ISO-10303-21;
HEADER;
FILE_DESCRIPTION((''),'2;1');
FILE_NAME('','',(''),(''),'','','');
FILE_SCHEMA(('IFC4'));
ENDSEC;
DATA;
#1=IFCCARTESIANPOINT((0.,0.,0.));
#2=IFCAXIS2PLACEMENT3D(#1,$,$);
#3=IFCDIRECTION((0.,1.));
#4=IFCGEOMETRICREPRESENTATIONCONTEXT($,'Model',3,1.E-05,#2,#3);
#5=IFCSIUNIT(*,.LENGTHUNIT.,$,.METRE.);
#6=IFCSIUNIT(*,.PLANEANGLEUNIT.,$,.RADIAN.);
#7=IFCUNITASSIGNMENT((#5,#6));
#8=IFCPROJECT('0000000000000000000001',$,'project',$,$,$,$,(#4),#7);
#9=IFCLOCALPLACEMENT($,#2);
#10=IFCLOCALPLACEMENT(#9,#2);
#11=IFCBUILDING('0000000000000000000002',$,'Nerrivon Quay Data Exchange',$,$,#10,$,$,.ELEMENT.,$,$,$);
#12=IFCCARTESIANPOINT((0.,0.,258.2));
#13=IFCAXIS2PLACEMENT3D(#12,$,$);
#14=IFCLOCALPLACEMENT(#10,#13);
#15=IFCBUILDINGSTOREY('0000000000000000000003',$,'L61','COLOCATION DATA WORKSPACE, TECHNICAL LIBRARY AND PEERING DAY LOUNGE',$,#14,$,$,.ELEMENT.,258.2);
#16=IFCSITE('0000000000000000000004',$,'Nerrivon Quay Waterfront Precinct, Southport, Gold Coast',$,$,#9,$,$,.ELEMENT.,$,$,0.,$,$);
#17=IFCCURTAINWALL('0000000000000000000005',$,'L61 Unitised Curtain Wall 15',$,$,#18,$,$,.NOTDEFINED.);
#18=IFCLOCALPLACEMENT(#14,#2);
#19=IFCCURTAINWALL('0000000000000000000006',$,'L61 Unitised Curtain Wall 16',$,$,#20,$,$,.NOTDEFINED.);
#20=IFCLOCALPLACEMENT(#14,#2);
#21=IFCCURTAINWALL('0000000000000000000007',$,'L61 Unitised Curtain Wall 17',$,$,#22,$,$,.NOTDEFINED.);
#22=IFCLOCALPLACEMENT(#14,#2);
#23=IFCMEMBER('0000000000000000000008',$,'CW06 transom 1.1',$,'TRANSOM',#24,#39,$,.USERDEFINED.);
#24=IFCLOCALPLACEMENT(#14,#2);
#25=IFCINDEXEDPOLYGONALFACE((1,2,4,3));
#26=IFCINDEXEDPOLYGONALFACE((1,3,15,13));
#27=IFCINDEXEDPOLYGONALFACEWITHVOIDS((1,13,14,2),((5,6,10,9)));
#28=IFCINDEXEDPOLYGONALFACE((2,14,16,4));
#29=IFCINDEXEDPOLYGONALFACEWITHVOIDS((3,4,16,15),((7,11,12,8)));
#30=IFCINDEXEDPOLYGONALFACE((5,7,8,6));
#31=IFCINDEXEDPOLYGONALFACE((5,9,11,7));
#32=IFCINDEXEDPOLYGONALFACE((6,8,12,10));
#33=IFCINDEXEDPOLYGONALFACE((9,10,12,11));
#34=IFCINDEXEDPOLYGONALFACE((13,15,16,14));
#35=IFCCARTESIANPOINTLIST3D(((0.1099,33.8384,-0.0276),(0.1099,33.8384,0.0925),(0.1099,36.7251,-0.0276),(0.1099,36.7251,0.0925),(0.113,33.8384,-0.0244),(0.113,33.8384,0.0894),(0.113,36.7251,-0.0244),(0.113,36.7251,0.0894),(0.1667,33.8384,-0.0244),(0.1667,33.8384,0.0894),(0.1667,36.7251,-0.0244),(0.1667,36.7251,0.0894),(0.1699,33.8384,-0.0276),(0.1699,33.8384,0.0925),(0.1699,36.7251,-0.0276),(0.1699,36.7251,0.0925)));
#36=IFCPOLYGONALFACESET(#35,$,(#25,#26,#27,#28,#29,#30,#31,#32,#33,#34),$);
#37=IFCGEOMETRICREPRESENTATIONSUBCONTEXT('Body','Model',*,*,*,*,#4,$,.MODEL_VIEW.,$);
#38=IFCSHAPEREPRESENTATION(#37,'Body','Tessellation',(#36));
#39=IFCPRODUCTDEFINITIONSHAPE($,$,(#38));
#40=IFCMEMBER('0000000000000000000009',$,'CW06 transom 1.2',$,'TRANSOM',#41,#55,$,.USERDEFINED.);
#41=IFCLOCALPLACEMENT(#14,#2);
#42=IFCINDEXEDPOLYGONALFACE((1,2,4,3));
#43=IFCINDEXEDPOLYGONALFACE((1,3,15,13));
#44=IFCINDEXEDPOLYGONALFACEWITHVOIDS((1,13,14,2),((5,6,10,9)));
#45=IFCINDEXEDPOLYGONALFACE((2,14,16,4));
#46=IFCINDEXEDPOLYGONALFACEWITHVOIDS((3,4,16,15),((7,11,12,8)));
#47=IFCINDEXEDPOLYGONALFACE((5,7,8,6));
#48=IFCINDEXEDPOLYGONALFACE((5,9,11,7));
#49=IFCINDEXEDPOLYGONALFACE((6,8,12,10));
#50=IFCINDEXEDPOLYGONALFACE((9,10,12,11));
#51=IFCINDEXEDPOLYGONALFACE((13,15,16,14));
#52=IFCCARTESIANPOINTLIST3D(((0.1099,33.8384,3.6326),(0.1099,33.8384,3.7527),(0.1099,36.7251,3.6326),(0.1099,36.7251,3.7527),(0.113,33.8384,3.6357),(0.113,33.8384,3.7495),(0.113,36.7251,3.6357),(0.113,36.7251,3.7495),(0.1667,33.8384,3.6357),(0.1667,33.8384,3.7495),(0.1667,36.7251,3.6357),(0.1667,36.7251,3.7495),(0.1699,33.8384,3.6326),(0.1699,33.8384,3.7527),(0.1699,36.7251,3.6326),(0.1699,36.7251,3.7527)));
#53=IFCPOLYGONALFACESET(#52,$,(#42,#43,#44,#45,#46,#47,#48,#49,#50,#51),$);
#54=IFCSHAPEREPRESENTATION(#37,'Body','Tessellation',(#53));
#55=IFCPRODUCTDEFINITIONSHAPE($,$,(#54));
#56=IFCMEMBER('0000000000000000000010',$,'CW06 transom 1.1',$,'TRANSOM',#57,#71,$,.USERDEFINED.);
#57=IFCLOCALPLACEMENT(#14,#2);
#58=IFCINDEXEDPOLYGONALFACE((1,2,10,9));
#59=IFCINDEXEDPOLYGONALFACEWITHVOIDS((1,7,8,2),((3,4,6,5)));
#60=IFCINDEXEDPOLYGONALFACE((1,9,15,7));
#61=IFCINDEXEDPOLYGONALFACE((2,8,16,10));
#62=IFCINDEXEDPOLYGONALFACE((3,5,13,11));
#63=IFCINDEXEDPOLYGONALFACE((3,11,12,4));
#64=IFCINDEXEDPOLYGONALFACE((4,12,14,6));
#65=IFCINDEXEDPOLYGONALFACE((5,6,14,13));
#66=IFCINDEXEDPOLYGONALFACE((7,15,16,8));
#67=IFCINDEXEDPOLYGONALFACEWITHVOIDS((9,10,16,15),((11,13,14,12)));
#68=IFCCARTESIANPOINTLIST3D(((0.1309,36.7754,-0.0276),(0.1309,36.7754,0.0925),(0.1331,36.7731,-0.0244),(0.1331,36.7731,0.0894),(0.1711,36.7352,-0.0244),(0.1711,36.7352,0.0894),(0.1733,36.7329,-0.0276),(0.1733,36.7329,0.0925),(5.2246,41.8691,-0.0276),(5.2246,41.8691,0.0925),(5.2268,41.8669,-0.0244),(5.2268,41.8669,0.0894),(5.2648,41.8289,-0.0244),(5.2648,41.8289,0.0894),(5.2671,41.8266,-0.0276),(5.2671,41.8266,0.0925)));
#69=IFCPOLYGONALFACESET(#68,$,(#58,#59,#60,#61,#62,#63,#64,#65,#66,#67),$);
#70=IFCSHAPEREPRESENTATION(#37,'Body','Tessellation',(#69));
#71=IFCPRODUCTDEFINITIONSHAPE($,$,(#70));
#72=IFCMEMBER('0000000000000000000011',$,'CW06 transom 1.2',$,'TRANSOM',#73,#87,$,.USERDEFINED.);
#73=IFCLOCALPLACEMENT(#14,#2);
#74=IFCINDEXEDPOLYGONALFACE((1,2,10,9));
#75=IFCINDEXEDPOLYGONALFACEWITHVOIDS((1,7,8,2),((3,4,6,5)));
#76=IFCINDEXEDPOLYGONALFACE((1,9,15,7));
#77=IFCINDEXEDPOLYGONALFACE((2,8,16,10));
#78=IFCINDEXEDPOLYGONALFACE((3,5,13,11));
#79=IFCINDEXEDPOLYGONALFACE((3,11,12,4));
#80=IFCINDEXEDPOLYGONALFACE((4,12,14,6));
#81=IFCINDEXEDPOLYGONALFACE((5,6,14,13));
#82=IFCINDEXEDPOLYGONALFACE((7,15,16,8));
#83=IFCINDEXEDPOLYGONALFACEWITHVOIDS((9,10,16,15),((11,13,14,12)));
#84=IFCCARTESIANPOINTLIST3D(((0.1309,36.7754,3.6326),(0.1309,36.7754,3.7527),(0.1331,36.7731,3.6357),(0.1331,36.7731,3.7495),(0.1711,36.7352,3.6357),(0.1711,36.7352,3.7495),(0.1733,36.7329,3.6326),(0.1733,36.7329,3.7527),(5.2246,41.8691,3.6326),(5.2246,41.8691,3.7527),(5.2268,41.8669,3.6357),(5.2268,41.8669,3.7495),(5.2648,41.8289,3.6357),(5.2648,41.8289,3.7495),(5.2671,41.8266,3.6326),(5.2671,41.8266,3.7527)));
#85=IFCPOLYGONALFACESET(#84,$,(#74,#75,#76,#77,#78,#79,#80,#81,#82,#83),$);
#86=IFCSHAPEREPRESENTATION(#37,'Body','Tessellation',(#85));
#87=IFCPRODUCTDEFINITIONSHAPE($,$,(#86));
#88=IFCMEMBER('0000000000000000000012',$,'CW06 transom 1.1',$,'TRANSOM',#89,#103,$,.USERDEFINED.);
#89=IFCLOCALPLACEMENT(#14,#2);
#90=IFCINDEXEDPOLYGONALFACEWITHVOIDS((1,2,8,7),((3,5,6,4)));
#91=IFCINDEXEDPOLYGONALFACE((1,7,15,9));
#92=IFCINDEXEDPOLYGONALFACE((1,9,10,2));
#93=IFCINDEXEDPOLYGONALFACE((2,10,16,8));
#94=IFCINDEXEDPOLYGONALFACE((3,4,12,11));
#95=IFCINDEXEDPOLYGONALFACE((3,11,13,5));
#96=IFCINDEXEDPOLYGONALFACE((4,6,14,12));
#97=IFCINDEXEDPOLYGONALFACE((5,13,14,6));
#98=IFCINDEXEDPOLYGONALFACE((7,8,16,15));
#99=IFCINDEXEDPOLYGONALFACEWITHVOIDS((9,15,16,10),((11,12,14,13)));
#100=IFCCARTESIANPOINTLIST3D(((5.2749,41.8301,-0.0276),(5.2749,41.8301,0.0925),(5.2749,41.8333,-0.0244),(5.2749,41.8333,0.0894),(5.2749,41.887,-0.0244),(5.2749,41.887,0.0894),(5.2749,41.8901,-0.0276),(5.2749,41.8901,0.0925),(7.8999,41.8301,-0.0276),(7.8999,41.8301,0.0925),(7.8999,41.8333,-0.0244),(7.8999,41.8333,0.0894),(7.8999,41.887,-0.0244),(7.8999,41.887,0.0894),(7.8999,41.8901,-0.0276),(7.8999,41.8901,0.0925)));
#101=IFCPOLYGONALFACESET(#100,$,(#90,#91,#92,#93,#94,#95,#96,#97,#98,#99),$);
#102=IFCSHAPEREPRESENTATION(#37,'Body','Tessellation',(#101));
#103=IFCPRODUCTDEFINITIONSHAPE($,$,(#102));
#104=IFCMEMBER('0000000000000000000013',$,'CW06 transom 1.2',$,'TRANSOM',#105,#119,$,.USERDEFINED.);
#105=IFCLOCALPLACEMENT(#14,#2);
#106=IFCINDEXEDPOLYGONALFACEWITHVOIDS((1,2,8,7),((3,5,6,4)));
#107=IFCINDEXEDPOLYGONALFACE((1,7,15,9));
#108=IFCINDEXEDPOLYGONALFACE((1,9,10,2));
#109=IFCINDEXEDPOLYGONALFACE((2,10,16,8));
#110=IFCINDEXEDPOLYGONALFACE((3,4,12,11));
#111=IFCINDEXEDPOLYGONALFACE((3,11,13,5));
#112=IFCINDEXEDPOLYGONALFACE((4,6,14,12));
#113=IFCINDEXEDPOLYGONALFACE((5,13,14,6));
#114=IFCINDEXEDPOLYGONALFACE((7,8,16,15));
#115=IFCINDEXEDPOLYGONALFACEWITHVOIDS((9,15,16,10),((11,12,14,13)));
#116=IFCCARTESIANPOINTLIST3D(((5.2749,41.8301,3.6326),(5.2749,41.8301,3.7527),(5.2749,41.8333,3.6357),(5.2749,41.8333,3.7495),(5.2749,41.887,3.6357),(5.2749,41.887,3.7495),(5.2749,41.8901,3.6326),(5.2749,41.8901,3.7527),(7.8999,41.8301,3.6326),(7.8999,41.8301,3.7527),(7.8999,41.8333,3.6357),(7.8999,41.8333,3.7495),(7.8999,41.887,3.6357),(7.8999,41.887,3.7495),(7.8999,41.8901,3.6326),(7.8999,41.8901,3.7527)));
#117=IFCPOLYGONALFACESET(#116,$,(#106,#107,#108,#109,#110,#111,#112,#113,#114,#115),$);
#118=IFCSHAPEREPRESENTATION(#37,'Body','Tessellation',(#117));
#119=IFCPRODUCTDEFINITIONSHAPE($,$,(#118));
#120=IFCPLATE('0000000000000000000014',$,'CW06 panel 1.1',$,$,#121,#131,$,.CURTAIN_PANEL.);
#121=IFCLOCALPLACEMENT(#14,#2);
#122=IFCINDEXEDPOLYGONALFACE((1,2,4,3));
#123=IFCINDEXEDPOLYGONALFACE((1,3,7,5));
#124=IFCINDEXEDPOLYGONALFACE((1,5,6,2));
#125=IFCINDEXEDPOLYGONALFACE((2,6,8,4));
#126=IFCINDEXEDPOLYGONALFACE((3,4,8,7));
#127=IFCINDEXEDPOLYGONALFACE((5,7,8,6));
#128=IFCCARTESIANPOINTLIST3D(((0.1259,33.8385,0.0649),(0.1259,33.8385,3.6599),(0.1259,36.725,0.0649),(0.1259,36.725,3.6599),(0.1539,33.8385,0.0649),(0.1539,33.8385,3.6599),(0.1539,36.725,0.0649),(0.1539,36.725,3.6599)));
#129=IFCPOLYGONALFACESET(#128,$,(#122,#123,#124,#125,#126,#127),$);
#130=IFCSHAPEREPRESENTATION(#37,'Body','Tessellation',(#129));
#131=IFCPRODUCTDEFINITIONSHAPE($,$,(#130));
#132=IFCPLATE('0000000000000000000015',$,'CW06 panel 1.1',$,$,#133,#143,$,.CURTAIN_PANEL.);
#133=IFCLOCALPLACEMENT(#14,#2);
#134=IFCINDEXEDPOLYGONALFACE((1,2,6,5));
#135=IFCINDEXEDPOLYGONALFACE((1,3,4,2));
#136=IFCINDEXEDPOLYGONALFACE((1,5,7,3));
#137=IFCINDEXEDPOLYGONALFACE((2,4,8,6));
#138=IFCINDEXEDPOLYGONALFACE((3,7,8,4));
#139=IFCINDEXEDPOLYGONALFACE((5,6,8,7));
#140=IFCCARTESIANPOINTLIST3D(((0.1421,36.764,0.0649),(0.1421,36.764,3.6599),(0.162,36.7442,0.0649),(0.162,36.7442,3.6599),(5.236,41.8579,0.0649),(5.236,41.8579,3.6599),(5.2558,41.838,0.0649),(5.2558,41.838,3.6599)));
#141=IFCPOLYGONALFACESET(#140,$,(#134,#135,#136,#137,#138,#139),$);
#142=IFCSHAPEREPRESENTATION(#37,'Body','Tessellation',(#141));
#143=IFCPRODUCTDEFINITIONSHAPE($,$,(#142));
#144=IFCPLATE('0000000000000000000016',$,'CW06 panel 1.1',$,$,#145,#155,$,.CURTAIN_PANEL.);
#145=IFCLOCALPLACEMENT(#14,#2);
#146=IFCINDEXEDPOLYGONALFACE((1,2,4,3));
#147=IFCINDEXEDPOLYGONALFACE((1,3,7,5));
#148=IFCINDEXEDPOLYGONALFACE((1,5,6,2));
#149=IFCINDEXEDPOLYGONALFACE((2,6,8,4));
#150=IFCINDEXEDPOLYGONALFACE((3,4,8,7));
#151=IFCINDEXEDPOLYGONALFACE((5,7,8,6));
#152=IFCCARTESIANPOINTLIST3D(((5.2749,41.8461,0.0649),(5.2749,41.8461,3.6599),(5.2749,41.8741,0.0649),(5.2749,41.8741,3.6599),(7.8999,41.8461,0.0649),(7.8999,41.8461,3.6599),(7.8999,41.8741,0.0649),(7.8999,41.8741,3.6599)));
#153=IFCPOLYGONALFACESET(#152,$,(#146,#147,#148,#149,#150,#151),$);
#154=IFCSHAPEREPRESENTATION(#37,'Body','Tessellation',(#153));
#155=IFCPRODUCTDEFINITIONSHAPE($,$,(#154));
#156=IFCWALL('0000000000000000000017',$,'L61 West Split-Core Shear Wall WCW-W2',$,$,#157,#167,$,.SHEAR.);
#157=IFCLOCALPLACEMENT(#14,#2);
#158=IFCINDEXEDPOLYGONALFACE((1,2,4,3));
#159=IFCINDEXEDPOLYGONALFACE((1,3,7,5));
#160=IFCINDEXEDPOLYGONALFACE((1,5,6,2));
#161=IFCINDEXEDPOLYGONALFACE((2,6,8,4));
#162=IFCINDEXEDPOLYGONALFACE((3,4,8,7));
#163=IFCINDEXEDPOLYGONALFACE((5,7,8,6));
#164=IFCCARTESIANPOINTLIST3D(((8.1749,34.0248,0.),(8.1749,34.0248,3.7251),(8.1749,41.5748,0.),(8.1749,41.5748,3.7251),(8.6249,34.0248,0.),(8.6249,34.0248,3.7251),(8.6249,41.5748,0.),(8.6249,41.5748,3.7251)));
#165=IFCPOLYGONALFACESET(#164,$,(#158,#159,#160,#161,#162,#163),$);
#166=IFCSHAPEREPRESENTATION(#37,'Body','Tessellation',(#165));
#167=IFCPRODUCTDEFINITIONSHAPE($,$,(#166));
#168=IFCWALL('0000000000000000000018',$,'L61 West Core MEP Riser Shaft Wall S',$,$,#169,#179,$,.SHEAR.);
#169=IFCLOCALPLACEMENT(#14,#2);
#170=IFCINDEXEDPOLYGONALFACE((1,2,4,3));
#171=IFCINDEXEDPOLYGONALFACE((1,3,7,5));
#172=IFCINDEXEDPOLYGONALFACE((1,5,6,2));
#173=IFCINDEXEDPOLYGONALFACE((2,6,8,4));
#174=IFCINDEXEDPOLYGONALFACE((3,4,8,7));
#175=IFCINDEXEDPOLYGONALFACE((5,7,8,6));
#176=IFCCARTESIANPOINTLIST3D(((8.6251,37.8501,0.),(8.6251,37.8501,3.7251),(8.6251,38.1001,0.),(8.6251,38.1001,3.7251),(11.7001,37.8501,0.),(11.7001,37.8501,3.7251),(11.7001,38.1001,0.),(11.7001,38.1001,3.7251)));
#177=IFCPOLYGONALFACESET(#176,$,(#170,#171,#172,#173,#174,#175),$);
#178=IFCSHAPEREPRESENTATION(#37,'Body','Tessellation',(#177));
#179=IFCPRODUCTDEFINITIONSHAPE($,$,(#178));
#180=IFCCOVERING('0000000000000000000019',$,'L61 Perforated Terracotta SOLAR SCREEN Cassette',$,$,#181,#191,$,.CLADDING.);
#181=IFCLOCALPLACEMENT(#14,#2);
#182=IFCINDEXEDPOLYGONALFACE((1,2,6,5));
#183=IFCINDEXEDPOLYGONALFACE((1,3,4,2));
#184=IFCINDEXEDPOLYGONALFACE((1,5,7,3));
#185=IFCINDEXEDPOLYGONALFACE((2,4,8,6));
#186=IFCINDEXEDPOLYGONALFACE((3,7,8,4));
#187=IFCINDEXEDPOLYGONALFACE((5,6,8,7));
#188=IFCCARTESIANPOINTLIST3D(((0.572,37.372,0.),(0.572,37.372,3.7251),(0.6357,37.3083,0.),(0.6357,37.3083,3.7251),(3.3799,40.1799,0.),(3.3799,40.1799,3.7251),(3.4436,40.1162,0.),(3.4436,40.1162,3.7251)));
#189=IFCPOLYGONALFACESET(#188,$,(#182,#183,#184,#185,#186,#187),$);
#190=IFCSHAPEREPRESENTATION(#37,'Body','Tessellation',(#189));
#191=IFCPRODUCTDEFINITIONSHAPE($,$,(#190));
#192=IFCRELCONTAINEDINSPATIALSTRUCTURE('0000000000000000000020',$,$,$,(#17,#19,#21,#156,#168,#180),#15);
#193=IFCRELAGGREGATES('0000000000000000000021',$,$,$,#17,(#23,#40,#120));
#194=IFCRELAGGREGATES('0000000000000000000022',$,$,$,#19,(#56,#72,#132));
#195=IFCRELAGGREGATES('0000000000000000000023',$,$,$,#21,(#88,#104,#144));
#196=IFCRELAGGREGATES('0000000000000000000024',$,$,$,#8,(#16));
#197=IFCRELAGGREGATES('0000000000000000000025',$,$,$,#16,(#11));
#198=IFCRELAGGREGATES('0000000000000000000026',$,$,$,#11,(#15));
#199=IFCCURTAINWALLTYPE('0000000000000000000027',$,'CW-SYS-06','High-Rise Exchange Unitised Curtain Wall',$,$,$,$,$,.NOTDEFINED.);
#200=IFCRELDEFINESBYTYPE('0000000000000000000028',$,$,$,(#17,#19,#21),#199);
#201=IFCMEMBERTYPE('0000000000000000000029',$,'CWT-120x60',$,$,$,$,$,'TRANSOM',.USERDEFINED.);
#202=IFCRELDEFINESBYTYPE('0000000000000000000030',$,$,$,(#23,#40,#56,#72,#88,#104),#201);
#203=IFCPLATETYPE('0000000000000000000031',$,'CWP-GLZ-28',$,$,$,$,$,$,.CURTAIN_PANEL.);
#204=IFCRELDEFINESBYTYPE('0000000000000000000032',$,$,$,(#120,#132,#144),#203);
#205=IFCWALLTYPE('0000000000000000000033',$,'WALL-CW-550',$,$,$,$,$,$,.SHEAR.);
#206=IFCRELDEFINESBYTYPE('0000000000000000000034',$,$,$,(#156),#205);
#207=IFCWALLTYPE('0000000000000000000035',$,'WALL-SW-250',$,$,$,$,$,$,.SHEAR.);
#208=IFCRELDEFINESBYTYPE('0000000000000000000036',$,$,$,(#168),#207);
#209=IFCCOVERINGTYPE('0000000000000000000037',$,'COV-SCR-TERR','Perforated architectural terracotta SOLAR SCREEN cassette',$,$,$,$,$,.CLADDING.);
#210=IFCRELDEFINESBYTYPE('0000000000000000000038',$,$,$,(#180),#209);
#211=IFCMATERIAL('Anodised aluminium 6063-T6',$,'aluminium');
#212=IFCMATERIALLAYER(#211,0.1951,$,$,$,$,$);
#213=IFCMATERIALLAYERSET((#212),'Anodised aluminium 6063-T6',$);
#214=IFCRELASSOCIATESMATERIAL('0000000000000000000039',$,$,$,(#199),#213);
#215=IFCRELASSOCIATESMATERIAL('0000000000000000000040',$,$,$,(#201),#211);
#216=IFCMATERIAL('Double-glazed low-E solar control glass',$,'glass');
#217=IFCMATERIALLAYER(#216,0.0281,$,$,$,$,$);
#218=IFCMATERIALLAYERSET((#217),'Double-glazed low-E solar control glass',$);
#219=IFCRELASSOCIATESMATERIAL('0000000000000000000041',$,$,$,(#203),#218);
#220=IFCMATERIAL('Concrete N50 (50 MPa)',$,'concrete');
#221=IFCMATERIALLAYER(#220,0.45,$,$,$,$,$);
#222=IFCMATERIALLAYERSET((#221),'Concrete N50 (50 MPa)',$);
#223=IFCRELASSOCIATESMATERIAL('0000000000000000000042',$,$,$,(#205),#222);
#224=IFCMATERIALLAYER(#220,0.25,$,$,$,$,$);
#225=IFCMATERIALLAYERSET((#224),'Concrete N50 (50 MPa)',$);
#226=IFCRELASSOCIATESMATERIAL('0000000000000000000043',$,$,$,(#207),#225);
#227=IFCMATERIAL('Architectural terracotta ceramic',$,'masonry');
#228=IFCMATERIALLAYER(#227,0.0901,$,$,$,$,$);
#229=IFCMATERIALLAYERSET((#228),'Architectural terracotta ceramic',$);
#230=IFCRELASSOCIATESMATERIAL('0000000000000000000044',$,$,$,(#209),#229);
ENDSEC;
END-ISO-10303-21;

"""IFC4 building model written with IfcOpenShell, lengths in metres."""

from ifc_helpers import new_model, si_unit, direction, frame, frame_2d, origin, origin_2d, place, context, subcontext, project, spatial, rectangle, hollow_rectangle, extrude, material, layer, layer_set, material_profile, profile_set, type_object, element, aggregate, save


model = new_model("IFC4")

# Units and contexts
model_context = context("Model", 3, precision=1e-05, world=origin(), true_north=direction((0.0, 1.0)))
body_context = subcontext(model_context, "Body", "Model", "MODEL_VIEW")
ifc_project = project(units=[si_unit("LENGTHUNIT", "METRE"), si_unit("PLANEANGLEUNIT", "RADIAN")], contexts=[model_context])

# Site, building, storey
site_placement = place(None, origin())
site = spatial("IfcSite", under=ifc_project, at=site_placement, Name="Nerrivon Quay Waterfront Precinct, Southport, Gold Coast", CompositionType="ELEMENT", RefElevation=0.0)
building_placement = place(site_placement, origin())
building = spatial("IfcBuilding", under=site, at=building_placement, Name="Nerrivon Quay Data Exchange", CompositionType="ELEMENT")
storey_placement = place(building_placement, frame((0.0, 0.0, 258.2)))
storey = spatial("IfcBuildingStorey", under=building, at=storey_placement, Name="L61", Description="COLOCATION DATA WORKSPACE, TECHNICAL LIBRARY AND PEERING DAY LOUNGE", CompositionType="ELEMENT", Elevation=258.2)

# Shared definitions
ifc_material_1 = material(Name="Concrete N50 (50 MPa)", Category="concrete")

# Curtain walls
ifc_material_2 = material(Name="Anodised aluminium 6063-T6", Category="aluminium")
ifc_layer_1 = layer(ifc_material_2, 0.1951)
ifc_layer_set_1 = layer_set([ifc_layer_1], Name="Anodised aluminium 6063-T6")
curtain_wall_type = type_object("IfcCurtainWallType", Name="CW-SYS-06", Description="High-Rise Exchange Unitised Curtain Wall", PredefinedType="NOTDEFINED", material=ifc_layer_set_1)
curtain_wall_1_placement = place(storey_placement, origin())
curtain_wall_1 = element("IfcCurtainWall", 1, at=curtain_wall_1_placement, inside=storey, type_object=curtain_wall_type, Name="L61 Unitised Curtain Wall 15", PredefinedType="NOTDEFINED")
curtain_wall_2_placement = place(storey_placement, origin())
curtain_wall_2 = element("IfcCurtainWall", 2, at=curtain_wall_2_placement, inside=storey, type_object=curtain_wall_type, Name="L61 Unitised Curtain Wall 16", PredefinedType="NOTDEFINED")
curtain_wall_3_placement = place(storey_placement, origin())
curtain_wall_3 = element("IfcCurtainWall", 3, at=curtain_wall_3_placement, inside=storey, type_object=curtain_wall_type, Name="L61 Unitised Curtain Wall 17", PredefinedType="NOTDEFINED")

# Members
ifc_material_profile_1 = material_profile(ifc_material_2, hollow_rectangle(XDim=0.0601, YDim=0.1201, WallThickness=0.0032, at=origin_2d()), Name="ALU-TRAN-120x60")
ifc_profile_set_1 = profile_set([ifc_material_profile_1], Name="Anodised aluminium 6063-T6")
member_type_1 = type_object("IfcMemberType", Name="CWT-120x60", ElementType="TRANSOM", PredefinedType="USERDEFINED", material=ifc_profile_set_1)
member_1_placement = place(storey_placement, frame((0.1399, 33.8384, 0.0325), z_axis=(0.0, 1.0, 0.0), x_axis=(-1.0, 0.0, 0.0)))
member_1 = element("IfcMember", 4, at=member_1_placement, type_object=member_type_1, Name="CW06 transom 1.1", ObjectType="TRANSOM", PredefinedType="USERDEFINED", context=body_context, shape_type="SweptSolid", body=[
    extrude(hollow_rectangle(XDim=0.0601, YDim=0.1201, WallThickness=0.0032, at=origin_2d()), origin(), (0.0, 0.0, 1.0), 2.8867),
])
member_2_placement = place(storey_placement, frame((0.1399, 33.8384, 3.6926), z_axis=(0.0, 1.0, 0.0), x_axis=(-1.0, 0.0, 0.0)))
member_2 = element("IfcMember", 5, at=member_2_placement, type_object=member_type_1, Name="CW06 transom 1.2", ObjectType="TRANSOM", PredefinedType="USERDEFINED", context=body_context, shape_type="SweptSolid", body=[
    extrude(hollow_rectangle(XDim=0.0601, YDim=0.1201, WallThickness=0.0032, at=origin_2d()), origin(), (0.0, 0.0, 1.0), 2.8867),
])
member_3_placement = place(storey_placement, frame((0.1521, 36.7542, 0.0325), z_axis=(0.707107, 0.707107, 0.0), x_axis=(-0.707107, 0.707107, 0.0)))
member_3 = element("IfcMember", 6, at=member_3_placement, type_object=member_type_1, Name="CW06 transom 1.1", ObjectType="TRANSOM", PredefinedType="USERDEFINED", context=body_context, shape_type="SweptSolid", body=[
    extrude(hollow_rectangle(XDim=0.0601, YDim=0.1201, WallThickness=0.0032, at=origin_2d()), origin(), (0.0, 0.0, 1.0), 7.2036),
])
member_4_placement = place(storey_placement, frame((0.1521, 36.7542, 3.6926), z_axis=(0.707107, 0.707107, 0.0), x_axis=(-0.707107, 0.707107, 0.0)))
member_4 = element("IfcMember", 7, at=member_4_placement, type_object=member_type_1, Name="CW06 transom 1.2", ObjectType="TRANSOM", PredefinedType="USERDEFINED", context=body_context, shape_type="SweptSolid", body=[
    extrude(hollow_rectangle(XDim=0.0601, YDim=0.1201, WallThickness=0.0032, at=origin_2d()), origin(), (0.0, 0.0, 1.0), 7.2036),
])
member_5_placement = place(storey_placement, frame((5.2749, 41.8601, 0.0325), z_axis=(1.0, 0.0, 0.0), x_axis=(0.0, 1.0, 0.0)))
member_5 = element("IfcMember", 8, at=member_5_placement, type_object=member_type_1, Name="CW06 transom 1.1", ObjectType="TRANSOM", PredefinedType="USERDEFINED", context=body_context, shape_type="SweptSolid", body=[
    extrude(hollow_rectangle(XDim=0.0601, YDim=0.1201, WallThickness=0.0032, at=origin_2d()), origin(), (0.0, 0.0, 1.0), 2.625),
])
member_6_placement = place(storey_placement, frame((5.2749, 41.8601, 3.6926), z_axis=(1.0, 0.0, 0.0), x_axis=(0.0, 1.0, 0.0)))
member_6 = element("IfcMember", 9, at=member_6_placement, type_object=member_type_1, Name="CW06 transom 1.2", ObjectType="TRANSOM", PredefinedType="USERDEFINED", context=body_context, shape_type="SweptSolid", body=[
    extrude(hollow_rectangle(XDim=0.0601, YDim=0.1201, WallThickness=0.0032, at=origin_2d()), origin(), (0.0, 0.0, 1.0), 2.625),
])

# Plates
ifc_material_3 = material(Name="Double-glazed low-E solar control glass", Category="glass")
ifc_layer_2 = layer(ifc_material_3, 0.0281)
ifc_layer_set_2 = layer_set([ifc_layer_2], Name="Double-glazed low-E solar control glass")
plate_type = type_object("IfcPlateType", Name="CWP-GLZ-28", PredefinedType="CURTAIN_PANEL", material=ifc_layer_set_2)
plate_1_placement = place(storey_placement, frame((0.1399, 35.2817, 0.0649), z_axis=(0.0, 0.0, 1.0), x_axis=(0.0, 1.0, 0.0)))
plate_1 = element("IfcPlate", 10, at=plate_1_placement, type_object=plate_type, Name="CW06 panel 1.1", PredefinedType="CURTAIN_PANEL", context=body_context, shape_type="SweptSolid", body=[
    extrude(rectangle(XDim=2.8865, YDim=0.0281, at=origin_2d()), origin(), (0.0, 0.0, 1.0), 3.595),
])
aggregate(curtain_wall_1, [member_1, member_2, plate_1])
plate_2_placement = place(storey_placement, frame((2.699, 39.301, 0.0649), z_axis=(0.0, 0.0, 1.0), x_axis=(0.707107, 0.707107, 0.0)))
plate_2 = element("IfcPlate", 11, at=plate_2_placement, type_object=plate_type, Name="CW06 panel 1.1", PredefinedType="CURTAIN_PANEL", context=body_context, shape_type="SweptSolid", body=[
    extrude(rectangle(XDim=7.2039, YDim=0.0281, at=origin_2d()), origin(), (0.0, 0.0, 1.0), 3.595),
])
aggregate(curtain_wall_2, [member_3, member_4, plate_2])
plate_3_placement = place(storey_placement, frame((6.5874, 41.8601, 0.0649), z_axis=(0.0, 0.0, 1.0), x_axis=(1.0, 0.0, 0.0)))
plate_3 = element("IfcPlate", 12, at=plate_3_placement, type_object=plate_type, Name="CW06 panel 1.1", PredefinedType="CURTAIN_PANEL", context=body_context, shape_type="SweptSolid", body=[
    extrude(rectangle(XDim=2.625, YDim=0.0281, at=origin_2d()), origin(), (0.0, 0.0, 1.0), 3.595),
])
aggregate(curtain_wall_3, [member_5, member_6, plate_3])

# Walls
ifc_layer_3 = layer(ifc_material_1, 0.45)
ifc_layer_set_3 = layer_set([ifc_layer_3], Name="Concrete N50 (50 MPa)")
wall_type_1 = type_object("IfcWallType", Name="WALL-CW-550", PredefinedType="SHEAR", material=ifc_layer_set_3)
wall_1_placement = place(storey_placement, frame((8.3999, 34.0249, 0.0), z_axis=(0.0, 0.0, 1.0), x_axis=(0.0, 1.0, 0.0)))
element("IfcWall", 13, at=wall_1_placement, inside=storey, type_object=wall_type_1, Name="L61 West Split-Core Shear Wall WCW-W2", PredefinedType="SHEAR", context=body_context, shape_type="SweptSolid", body=[
    extrude(rectangle(XDim=7.55, YDim=0.45, at=frame_2d((3.7749, 0.0))), origin(), (0.0, 0.0, 1.0), 3.7251),
])
ifc_layer_4 = layer(ifc_material_1, 0.25)
ifc_layer_set_4 = layer_set([ifc_layer_4], Name="Concrete N50 (50 MPa)")
wall_type_2 = type_object("IfcWallType", Name="WALL-SW-250", PredefinedType="SHEAR", material=ifc_layer_set_4)
wall_2_placement = place(storey_placement, frame((8.625, 37.9751, 0.0), z_axis=(0.0, 0.0, 1.0), x_axis=(1.0, 0.0, 0.0)))
element("IfcWall", 14, at=wall_2_placement, inside=storey, type_object=wall_type_2, Name="L61 West Core MEP Riser Shaft Wall S", PredefinedType="SHEAR", context=body_context, shape_type="SweptSolid", body=[
    extrude(rectangle(XDim=3.075, YDim=0.25, at=frame_2d((1.5376, 0.0))), origin(), (0.0, 0.0, 1.0), 3.7251),
])

# Covering
ifc_material_4 = material(Name="Architectural terracotta ceramic", Category="masonry")
ifc_layer_5 = layer(ifc_material_4, 0.0901)
ifc_layer_set_5 = layer_set([ifc_layer_5], Name="Architectural terracotta ceramic")
covering_type = type_object("IfcCoveringType", Name="COV-SCR-TERR", Description="Perforated architectural terracotta SOLAR SCREEN cassette", PredefinedType="CLADDING", material=ifc_layer_set_5)
covering_placement = place(storey_placement, frame((2.0078, 38.7441, 0.0), z_axis=(0.0, 0.0, 1.0), x_axis=(0.707107, 0.707107, 0.0)))
element("IfcCovering", 15, at=covering_placement, inside=storey, type_object=covering_type, Name="L61 Perforated Terracotta SOLAR SCREEN Cassette", PredefinedType="CLADDING", context=body_context, shape_type="SweptSolid", body=[
    extrude(rectangle(XDim=3.9709, YDim=0.0901, at=origin_2d()), origin(), (0.0, 0.0, 1.0), 3.7251),
])

save(model, "model.ifc")
